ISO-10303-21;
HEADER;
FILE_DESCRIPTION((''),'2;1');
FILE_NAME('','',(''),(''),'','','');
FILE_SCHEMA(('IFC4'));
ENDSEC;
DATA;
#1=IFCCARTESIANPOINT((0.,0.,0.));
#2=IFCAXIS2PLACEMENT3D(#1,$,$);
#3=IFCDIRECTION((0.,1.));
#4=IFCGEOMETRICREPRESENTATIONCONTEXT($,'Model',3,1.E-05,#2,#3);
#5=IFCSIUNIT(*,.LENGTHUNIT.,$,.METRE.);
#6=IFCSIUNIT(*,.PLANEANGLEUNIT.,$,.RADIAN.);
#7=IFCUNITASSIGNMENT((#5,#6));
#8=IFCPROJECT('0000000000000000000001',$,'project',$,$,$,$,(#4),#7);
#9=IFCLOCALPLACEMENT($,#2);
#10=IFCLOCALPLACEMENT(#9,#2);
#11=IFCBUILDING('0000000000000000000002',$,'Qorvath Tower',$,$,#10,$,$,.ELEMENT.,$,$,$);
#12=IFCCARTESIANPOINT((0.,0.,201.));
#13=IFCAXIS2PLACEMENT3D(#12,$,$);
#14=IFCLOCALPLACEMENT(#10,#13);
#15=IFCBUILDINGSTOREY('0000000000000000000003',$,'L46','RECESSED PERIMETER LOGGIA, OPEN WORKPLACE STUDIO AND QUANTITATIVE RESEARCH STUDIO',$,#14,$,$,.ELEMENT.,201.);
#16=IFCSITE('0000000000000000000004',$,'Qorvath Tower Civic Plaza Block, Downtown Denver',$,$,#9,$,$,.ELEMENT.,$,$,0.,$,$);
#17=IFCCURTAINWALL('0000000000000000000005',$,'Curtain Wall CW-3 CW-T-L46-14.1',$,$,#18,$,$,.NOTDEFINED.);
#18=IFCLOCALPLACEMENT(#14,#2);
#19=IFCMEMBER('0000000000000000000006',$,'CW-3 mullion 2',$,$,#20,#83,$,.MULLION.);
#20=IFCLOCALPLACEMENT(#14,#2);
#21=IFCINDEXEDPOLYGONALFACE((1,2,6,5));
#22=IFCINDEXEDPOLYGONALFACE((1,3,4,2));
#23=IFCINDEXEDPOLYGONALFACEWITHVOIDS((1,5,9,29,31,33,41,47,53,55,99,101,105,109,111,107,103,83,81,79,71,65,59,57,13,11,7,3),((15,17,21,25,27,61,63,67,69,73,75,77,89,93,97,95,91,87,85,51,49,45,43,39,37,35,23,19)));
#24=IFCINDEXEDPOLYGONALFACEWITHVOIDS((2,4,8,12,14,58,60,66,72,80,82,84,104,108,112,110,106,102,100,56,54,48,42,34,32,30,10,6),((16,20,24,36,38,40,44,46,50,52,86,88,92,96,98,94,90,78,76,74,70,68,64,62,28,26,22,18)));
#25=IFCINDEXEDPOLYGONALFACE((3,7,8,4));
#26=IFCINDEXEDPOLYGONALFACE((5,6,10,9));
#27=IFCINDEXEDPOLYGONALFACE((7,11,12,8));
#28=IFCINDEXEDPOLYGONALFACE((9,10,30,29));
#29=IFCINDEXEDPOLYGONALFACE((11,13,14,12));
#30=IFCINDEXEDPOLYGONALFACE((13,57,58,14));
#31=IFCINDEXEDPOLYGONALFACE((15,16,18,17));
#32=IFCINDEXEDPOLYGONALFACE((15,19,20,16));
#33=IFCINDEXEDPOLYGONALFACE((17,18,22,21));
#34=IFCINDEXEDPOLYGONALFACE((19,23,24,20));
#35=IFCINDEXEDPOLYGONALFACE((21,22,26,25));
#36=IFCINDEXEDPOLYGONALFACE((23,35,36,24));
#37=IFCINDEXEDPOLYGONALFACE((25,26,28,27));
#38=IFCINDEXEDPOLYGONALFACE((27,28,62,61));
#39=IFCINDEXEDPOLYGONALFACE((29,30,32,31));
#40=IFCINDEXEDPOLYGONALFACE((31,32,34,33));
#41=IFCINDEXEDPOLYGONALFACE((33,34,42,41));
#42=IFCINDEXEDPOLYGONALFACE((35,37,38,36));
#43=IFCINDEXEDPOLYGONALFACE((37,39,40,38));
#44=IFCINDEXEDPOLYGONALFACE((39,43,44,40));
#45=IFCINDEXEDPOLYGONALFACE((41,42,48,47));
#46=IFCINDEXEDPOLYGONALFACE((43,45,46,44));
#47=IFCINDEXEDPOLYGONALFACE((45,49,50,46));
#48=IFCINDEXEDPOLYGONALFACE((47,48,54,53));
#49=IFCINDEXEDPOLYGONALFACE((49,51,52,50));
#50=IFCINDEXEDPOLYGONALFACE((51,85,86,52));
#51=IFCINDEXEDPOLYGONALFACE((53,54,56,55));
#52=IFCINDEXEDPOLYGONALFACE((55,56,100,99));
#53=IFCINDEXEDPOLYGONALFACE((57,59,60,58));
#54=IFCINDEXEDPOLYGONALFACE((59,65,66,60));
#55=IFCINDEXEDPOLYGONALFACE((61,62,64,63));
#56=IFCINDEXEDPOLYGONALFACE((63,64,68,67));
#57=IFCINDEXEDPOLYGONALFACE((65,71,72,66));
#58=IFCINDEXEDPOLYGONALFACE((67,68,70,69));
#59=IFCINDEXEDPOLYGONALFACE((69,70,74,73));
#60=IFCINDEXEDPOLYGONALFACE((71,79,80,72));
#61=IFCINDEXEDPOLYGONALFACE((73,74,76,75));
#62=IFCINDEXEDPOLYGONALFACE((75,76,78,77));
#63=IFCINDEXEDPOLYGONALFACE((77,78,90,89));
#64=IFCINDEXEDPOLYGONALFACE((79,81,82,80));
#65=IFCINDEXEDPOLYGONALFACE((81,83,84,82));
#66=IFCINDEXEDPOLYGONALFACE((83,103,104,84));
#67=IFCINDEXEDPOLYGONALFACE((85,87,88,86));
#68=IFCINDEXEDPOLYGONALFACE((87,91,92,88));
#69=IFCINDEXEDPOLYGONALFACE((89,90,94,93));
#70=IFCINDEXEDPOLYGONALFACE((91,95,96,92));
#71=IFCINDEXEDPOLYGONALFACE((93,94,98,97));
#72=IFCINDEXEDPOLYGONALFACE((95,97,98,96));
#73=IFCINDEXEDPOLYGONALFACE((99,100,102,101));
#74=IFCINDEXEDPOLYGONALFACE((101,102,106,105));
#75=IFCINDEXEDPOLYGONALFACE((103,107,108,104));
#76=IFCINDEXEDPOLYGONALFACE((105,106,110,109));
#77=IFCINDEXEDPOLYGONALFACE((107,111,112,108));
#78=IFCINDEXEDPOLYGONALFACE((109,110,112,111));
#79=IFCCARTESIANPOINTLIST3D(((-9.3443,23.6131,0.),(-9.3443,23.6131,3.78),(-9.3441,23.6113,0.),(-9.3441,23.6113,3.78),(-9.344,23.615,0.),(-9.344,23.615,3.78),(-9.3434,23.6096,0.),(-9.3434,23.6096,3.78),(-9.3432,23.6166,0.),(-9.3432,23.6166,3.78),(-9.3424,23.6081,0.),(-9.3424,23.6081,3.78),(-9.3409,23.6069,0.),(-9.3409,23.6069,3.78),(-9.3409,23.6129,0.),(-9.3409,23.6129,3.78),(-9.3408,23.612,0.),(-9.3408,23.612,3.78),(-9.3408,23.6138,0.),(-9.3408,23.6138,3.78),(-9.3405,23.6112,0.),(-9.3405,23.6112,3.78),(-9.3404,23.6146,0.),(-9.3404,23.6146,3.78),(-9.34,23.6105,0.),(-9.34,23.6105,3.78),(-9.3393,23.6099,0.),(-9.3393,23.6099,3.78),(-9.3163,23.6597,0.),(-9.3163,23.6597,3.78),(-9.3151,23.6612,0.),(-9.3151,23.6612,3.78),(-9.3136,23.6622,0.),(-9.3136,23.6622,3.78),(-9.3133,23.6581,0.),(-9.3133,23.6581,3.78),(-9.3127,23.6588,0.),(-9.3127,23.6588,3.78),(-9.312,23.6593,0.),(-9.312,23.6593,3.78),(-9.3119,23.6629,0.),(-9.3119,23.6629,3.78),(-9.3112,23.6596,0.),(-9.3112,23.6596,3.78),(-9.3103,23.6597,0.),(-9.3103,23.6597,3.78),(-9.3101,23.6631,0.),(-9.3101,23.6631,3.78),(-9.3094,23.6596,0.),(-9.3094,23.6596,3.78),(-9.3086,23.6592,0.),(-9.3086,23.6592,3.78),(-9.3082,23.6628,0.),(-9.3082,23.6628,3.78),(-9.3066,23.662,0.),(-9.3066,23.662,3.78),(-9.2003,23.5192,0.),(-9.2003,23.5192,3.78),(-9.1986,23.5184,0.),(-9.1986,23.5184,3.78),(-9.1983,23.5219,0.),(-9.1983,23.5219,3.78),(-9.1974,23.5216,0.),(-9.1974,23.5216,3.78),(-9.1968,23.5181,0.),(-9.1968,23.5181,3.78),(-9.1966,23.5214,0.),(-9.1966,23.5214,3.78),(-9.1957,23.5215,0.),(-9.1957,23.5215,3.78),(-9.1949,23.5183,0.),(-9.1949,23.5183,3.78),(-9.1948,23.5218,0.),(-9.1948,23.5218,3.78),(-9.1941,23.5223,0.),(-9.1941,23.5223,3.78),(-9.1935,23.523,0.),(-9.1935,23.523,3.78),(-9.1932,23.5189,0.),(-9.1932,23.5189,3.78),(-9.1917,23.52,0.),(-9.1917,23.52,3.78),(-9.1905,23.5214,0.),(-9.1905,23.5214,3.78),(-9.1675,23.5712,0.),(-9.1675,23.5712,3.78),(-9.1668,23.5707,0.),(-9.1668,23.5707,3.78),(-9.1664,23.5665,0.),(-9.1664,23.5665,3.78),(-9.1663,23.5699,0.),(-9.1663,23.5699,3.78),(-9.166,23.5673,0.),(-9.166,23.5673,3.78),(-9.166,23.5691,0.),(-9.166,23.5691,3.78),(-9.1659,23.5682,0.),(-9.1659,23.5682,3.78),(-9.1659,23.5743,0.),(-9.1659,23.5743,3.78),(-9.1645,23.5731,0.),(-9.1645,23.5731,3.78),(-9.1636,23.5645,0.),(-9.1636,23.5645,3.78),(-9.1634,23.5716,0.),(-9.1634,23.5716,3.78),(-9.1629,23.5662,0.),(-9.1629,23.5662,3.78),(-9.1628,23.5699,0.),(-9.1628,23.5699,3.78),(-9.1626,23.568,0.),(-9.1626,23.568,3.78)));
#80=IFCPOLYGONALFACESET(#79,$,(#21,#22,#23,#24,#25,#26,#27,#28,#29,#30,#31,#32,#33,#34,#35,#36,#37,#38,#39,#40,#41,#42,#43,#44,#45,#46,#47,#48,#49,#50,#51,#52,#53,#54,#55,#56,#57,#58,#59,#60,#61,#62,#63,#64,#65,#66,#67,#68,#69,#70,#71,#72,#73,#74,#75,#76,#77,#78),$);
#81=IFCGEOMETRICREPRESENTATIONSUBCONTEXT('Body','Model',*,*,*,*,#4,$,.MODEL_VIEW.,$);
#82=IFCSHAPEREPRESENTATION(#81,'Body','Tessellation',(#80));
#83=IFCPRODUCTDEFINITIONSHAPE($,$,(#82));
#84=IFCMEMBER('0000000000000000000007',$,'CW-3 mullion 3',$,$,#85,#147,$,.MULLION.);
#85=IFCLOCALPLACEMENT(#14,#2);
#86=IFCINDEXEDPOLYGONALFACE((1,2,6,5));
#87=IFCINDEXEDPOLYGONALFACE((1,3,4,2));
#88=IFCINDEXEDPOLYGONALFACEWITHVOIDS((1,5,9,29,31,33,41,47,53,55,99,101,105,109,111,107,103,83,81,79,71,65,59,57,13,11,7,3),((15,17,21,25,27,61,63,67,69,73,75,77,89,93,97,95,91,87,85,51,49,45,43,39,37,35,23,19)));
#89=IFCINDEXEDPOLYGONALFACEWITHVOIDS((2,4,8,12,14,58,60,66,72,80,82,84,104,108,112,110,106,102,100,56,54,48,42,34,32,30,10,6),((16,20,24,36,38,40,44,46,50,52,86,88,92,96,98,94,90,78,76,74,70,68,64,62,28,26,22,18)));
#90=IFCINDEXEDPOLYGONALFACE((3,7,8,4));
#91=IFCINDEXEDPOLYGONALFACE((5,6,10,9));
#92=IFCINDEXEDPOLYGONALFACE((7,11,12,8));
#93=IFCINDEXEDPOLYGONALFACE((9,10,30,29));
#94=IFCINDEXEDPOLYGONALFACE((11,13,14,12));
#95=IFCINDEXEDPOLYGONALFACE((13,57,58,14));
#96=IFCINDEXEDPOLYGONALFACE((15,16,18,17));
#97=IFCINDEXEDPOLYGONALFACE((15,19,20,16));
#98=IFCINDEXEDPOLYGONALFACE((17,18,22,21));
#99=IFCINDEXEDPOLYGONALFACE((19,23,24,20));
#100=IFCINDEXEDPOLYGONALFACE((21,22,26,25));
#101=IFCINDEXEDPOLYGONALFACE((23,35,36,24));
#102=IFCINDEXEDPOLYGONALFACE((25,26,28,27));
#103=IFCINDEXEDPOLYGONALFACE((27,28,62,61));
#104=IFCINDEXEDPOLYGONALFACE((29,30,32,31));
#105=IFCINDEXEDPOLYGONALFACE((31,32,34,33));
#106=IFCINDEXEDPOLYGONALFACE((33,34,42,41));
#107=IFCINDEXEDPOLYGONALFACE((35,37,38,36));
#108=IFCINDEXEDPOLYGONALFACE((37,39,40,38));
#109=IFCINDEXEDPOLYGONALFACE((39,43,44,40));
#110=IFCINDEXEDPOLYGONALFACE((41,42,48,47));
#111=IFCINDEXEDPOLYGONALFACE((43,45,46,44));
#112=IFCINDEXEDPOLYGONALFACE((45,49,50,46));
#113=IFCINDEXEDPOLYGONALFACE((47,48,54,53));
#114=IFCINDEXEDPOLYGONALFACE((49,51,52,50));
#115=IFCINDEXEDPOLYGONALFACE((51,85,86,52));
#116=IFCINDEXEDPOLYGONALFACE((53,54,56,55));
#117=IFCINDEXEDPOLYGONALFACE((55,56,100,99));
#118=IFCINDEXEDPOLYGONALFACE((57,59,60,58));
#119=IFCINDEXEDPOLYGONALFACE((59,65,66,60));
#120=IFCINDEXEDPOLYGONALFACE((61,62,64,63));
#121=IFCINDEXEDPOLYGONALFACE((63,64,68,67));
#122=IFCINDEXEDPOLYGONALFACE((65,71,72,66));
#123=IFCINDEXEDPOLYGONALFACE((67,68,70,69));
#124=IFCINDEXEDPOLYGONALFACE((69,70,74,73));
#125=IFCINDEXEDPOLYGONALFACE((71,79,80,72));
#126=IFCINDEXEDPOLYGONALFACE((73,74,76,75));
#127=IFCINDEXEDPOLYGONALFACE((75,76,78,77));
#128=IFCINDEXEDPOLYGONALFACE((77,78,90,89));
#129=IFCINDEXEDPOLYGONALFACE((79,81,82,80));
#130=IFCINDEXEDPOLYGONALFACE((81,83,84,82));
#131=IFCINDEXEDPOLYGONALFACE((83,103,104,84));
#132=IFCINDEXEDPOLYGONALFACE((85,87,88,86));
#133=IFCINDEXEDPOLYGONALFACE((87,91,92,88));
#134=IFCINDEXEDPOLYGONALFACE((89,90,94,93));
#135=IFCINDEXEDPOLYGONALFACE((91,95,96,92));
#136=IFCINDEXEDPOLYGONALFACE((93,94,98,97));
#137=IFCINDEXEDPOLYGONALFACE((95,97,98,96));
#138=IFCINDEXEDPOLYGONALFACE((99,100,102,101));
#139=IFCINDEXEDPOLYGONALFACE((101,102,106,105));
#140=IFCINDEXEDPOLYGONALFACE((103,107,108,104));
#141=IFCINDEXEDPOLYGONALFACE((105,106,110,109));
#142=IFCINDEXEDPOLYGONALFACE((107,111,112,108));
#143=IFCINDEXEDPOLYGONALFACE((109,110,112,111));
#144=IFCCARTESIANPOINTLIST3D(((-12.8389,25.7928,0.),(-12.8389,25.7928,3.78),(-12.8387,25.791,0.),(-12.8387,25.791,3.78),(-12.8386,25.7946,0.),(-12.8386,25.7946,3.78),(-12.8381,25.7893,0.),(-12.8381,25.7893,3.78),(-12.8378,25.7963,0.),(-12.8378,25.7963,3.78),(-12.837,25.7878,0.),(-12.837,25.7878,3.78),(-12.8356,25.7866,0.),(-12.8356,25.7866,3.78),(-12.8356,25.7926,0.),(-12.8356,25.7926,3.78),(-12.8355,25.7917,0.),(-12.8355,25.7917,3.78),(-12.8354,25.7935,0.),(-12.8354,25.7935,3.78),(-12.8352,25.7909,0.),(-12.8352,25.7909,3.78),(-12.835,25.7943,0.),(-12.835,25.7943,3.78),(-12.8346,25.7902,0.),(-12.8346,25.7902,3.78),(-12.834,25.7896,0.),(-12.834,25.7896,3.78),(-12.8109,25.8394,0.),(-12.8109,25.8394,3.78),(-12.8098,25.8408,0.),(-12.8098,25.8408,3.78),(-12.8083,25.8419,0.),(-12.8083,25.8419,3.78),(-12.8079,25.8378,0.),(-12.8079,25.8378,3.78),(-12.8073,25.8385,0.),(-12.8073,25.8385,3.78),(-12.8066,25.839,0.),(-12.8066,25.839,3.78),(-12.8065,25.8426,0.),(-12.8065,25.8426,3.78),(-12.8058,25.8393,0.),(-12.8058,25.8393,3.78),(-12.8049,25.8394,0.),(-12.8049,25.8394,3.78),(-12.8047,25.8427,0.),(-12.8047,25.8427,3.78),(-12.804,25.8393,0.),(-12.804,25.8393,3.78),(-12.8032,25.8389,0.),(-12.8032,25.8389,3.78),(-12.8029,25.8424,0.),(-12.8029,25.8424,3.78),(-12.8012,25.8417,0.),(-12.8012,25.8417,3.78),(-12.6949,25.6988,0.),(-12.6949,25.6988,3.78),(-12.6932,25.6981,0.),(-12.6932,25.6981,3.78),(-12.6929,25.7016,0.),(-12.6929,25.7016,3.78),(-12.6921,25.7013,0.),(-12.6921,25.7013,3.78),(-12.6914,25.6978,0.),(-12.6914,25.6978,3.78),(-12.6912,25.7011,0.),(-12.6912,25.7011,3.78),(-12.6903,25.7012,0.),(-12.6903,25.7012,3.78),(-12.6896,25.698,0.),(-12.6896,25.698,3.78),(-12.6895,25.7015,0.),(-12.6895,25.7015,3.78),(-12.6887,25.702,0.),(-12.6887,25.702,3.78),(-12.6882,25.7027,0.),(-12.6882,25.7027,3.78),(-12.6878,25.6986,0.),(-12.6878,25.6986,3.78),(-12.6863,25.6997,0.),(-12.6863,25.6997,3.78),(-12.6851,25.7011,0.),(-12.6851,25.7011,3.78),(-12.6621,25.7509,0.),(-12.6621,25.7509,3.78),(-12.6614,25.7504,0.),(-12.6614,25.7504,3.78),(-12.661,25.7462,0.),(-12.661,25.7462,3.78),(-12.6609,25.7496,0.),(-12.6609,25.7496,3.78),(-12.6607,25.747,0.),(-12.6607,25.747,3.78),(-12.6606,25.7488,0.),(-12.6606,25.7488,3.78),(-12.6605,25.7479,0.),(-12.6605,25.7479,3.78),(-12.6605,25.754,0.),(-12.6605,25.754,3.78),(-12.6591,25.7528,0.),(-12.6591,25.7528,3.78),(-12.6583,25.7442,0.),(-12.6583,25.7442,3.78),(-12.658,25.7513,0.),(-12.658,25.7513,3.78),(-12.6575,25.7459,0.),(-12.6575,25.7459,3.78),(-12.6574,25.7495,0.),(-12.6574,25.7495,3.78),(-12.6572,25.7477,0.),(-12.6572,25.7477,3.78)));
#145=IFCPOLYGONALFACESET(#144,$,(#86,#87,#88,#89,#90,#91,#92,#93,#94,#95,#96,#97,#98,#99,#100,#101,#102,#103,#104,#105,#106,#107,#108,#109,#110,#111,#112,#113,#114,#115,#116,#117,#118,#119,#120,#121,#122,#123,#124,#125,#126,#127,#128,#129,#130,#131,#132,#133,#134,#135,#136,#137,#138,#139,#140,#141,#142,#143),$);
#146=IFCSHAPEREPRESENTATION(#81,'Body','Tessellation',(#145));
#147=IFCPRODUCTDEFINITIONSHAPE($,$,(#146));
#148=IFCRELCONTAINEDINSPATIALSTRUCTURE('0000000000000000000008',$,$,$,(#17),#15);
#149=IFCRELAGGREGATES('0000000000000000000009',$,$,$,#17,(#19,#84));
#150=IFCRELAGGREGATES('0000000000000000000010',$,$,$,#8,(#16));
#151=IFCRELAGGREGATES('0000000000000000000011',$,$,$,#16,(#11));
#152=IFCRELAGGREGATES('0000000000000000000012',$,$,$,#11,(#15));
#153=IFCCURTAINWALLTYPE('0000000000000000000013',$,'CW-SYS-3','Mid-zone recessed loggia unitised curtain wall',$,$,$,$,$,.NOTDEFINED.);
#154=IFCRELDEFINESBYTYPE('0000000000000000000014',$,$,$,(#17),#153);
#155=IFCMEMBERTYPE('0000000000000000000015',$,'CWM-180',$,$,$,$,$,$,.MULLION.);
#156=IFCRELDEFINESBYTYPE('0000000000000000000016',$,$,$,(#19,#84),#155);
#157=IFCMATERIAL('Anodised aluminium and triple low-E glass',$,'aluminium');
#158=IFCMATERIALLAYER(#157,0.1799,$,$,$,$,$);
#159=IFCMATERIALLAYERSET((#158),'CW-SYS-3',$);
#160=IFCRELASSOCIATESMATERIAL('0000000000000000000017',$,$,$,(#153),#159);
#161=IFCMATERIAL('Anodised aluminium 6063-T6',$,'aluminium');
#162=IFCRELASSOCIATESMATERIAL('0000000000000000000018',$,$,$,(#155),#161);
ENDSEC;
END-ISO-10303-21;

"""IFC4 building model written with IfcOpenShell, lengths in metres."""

from ifc_helpers import new_model, si_unit, direction, frame, origin, origin_2d, place, context, subcontext, project, spatial, hollow_rectangle, extrude, material, layer, layer_set, material_profile, profile_set, type_object, element, aggregate, save


model = new_model("IFC4")

# Units and contexts
model_context = context("Model", 3, precision=1e-05, world=origin(), true_north=direction((0.0, 1.0)))
body_context = subcontext(model_context, "Body", "Model", "MODEL_VIEW")
ifc_project = project(units=[si_unit("LENGTHUNIT", "METRE"), si_unit("PLANEANGLEUNIT", "RADIAN")], contexts=[model_context])

# Site, building, storey
site_placement = place(None, origin())
site = spatial("IfcSite", under=ifc_project, at=site_placement, Name="Qorvath Tower Civic Plaza Block, Downtown Denver", CompositionType="ELEMENT", RefElevation=0.0)
building_placement = place(site_placement, origin())
building = spatial("IfcBuilding", under=site, at=building_placement, Name="Qorvath Tower", CompositionType="ELEMENT")
storey_placement = place(building_placement, frame((0.0, 0.0, 201.0)))
storey = spatial("IfcBuildingStorey", under=building, at=storey_placement, Name="L46", Description="RECESSED PERIMETER LOGGIA, OPEN WORKPLACE STUDIO AND QUANTITATIVE RESEARCH STUDIO", CompositionType="ELEMENT", Elevation=201.0)

# Shared definitions
ifc_material_1 = material(Name="Anodised aluminium and triple low-E glass", Category="aluminium")
ifc_layer_1 = layer(ifc_material_1, 0.1799)
ifc_layer_set_1 = layer_set([ifc_layer_1], Name="CW-SYS-3")
curtain_wall_type = type_object("IfcCurtainWallType", Name="CW-SYS-3", Description="Mid-zone recessed loggia unitised curtain wall", PredefinedType="NOTDEFINED", material=ifc_layer_set_1)
ifc_material_2 = material(Name="Anodised aluminium 6063-T6", Category="aluminium")
ifc_material_profile_1 = material_profile(ifc_material_2, hollow_rectangle(XDim=0.0649, YDim=0.1799, WallThickness=0.0034, InnerFilletRadius=0.0034, OuterFilletRadius=0.0071, at=origin_2d()), Name="CWM 180x65")
ifc_profile_set_1 = profile_set([ifc_material_profile_1], Name="Anodised aluminium 6063-T6")
member_type_1 = type_object("IfcMemberType", Name="CWM-180", PredefinedType="MULLION", material=ifc_profile_set_1)

# Curtain wall, members
curtain_wall_1_placement = place(storey_placement, origin())
curtain_wall_1 = element("IfcCurtainWall", 1, at=curtain_wall_1_placement, inside=storey, type_object=curtain_wall_type, Name="Curtain Wall CW-3 CW-T-L46-14.1", PredefinedType="NOTDEFINED")
member_1_placement = place(storey_placement, frame((-9.2534, 23.5906, 0.0), z_axis=(0.0, 0.0, 1.0), x_axis=(-0.529206, -0.848493, 0.0)))
member_1 = element("IfcMember", 2, at=member_1_placement, type_object=member_type_1, Name="CW-3 mullion 2", PredefinedType="MULLION", context=body_context, shape_type="SweptSolid", body=[
    extrude(hollow_rectangle(XDim=0.0649, YDim=0.1799, WallThickness=0.0034, InnerFilletRadius=0.0034, OuterFilletRadius=0.0071, at=origin_2d()), origin(), (0.0, 0.0, 1.0), 3.78),
])
member_2_placement = place(storey_placement, frame((-12.748, 25.7703, 0.0), z_axis=(0.0, 0.0, 1.0), x_axis=(-0.529206, -0.848493, 0.0)))
member_2 = element("IfcMember", 3, at=member_2_placement, type_object=member_type_1, Name="CW-3 mullion 3", PredefinedType="MULLION", context=body_context, shape_type="SweptSolid", body=[
    extrude(hollow_rectangle(XDim=0.0649, YDim=0.1799, WallThickness=0.0034, InnerFilletRadius=0.0034, OuterFilletRadius=0.0071, at=origin_2d()), origin(), (0.0, 0.0, 1.0), 3.78),
])

aggregate(curtain_wall_1, [member_1, member_2])

save(model, "model.ifc")
